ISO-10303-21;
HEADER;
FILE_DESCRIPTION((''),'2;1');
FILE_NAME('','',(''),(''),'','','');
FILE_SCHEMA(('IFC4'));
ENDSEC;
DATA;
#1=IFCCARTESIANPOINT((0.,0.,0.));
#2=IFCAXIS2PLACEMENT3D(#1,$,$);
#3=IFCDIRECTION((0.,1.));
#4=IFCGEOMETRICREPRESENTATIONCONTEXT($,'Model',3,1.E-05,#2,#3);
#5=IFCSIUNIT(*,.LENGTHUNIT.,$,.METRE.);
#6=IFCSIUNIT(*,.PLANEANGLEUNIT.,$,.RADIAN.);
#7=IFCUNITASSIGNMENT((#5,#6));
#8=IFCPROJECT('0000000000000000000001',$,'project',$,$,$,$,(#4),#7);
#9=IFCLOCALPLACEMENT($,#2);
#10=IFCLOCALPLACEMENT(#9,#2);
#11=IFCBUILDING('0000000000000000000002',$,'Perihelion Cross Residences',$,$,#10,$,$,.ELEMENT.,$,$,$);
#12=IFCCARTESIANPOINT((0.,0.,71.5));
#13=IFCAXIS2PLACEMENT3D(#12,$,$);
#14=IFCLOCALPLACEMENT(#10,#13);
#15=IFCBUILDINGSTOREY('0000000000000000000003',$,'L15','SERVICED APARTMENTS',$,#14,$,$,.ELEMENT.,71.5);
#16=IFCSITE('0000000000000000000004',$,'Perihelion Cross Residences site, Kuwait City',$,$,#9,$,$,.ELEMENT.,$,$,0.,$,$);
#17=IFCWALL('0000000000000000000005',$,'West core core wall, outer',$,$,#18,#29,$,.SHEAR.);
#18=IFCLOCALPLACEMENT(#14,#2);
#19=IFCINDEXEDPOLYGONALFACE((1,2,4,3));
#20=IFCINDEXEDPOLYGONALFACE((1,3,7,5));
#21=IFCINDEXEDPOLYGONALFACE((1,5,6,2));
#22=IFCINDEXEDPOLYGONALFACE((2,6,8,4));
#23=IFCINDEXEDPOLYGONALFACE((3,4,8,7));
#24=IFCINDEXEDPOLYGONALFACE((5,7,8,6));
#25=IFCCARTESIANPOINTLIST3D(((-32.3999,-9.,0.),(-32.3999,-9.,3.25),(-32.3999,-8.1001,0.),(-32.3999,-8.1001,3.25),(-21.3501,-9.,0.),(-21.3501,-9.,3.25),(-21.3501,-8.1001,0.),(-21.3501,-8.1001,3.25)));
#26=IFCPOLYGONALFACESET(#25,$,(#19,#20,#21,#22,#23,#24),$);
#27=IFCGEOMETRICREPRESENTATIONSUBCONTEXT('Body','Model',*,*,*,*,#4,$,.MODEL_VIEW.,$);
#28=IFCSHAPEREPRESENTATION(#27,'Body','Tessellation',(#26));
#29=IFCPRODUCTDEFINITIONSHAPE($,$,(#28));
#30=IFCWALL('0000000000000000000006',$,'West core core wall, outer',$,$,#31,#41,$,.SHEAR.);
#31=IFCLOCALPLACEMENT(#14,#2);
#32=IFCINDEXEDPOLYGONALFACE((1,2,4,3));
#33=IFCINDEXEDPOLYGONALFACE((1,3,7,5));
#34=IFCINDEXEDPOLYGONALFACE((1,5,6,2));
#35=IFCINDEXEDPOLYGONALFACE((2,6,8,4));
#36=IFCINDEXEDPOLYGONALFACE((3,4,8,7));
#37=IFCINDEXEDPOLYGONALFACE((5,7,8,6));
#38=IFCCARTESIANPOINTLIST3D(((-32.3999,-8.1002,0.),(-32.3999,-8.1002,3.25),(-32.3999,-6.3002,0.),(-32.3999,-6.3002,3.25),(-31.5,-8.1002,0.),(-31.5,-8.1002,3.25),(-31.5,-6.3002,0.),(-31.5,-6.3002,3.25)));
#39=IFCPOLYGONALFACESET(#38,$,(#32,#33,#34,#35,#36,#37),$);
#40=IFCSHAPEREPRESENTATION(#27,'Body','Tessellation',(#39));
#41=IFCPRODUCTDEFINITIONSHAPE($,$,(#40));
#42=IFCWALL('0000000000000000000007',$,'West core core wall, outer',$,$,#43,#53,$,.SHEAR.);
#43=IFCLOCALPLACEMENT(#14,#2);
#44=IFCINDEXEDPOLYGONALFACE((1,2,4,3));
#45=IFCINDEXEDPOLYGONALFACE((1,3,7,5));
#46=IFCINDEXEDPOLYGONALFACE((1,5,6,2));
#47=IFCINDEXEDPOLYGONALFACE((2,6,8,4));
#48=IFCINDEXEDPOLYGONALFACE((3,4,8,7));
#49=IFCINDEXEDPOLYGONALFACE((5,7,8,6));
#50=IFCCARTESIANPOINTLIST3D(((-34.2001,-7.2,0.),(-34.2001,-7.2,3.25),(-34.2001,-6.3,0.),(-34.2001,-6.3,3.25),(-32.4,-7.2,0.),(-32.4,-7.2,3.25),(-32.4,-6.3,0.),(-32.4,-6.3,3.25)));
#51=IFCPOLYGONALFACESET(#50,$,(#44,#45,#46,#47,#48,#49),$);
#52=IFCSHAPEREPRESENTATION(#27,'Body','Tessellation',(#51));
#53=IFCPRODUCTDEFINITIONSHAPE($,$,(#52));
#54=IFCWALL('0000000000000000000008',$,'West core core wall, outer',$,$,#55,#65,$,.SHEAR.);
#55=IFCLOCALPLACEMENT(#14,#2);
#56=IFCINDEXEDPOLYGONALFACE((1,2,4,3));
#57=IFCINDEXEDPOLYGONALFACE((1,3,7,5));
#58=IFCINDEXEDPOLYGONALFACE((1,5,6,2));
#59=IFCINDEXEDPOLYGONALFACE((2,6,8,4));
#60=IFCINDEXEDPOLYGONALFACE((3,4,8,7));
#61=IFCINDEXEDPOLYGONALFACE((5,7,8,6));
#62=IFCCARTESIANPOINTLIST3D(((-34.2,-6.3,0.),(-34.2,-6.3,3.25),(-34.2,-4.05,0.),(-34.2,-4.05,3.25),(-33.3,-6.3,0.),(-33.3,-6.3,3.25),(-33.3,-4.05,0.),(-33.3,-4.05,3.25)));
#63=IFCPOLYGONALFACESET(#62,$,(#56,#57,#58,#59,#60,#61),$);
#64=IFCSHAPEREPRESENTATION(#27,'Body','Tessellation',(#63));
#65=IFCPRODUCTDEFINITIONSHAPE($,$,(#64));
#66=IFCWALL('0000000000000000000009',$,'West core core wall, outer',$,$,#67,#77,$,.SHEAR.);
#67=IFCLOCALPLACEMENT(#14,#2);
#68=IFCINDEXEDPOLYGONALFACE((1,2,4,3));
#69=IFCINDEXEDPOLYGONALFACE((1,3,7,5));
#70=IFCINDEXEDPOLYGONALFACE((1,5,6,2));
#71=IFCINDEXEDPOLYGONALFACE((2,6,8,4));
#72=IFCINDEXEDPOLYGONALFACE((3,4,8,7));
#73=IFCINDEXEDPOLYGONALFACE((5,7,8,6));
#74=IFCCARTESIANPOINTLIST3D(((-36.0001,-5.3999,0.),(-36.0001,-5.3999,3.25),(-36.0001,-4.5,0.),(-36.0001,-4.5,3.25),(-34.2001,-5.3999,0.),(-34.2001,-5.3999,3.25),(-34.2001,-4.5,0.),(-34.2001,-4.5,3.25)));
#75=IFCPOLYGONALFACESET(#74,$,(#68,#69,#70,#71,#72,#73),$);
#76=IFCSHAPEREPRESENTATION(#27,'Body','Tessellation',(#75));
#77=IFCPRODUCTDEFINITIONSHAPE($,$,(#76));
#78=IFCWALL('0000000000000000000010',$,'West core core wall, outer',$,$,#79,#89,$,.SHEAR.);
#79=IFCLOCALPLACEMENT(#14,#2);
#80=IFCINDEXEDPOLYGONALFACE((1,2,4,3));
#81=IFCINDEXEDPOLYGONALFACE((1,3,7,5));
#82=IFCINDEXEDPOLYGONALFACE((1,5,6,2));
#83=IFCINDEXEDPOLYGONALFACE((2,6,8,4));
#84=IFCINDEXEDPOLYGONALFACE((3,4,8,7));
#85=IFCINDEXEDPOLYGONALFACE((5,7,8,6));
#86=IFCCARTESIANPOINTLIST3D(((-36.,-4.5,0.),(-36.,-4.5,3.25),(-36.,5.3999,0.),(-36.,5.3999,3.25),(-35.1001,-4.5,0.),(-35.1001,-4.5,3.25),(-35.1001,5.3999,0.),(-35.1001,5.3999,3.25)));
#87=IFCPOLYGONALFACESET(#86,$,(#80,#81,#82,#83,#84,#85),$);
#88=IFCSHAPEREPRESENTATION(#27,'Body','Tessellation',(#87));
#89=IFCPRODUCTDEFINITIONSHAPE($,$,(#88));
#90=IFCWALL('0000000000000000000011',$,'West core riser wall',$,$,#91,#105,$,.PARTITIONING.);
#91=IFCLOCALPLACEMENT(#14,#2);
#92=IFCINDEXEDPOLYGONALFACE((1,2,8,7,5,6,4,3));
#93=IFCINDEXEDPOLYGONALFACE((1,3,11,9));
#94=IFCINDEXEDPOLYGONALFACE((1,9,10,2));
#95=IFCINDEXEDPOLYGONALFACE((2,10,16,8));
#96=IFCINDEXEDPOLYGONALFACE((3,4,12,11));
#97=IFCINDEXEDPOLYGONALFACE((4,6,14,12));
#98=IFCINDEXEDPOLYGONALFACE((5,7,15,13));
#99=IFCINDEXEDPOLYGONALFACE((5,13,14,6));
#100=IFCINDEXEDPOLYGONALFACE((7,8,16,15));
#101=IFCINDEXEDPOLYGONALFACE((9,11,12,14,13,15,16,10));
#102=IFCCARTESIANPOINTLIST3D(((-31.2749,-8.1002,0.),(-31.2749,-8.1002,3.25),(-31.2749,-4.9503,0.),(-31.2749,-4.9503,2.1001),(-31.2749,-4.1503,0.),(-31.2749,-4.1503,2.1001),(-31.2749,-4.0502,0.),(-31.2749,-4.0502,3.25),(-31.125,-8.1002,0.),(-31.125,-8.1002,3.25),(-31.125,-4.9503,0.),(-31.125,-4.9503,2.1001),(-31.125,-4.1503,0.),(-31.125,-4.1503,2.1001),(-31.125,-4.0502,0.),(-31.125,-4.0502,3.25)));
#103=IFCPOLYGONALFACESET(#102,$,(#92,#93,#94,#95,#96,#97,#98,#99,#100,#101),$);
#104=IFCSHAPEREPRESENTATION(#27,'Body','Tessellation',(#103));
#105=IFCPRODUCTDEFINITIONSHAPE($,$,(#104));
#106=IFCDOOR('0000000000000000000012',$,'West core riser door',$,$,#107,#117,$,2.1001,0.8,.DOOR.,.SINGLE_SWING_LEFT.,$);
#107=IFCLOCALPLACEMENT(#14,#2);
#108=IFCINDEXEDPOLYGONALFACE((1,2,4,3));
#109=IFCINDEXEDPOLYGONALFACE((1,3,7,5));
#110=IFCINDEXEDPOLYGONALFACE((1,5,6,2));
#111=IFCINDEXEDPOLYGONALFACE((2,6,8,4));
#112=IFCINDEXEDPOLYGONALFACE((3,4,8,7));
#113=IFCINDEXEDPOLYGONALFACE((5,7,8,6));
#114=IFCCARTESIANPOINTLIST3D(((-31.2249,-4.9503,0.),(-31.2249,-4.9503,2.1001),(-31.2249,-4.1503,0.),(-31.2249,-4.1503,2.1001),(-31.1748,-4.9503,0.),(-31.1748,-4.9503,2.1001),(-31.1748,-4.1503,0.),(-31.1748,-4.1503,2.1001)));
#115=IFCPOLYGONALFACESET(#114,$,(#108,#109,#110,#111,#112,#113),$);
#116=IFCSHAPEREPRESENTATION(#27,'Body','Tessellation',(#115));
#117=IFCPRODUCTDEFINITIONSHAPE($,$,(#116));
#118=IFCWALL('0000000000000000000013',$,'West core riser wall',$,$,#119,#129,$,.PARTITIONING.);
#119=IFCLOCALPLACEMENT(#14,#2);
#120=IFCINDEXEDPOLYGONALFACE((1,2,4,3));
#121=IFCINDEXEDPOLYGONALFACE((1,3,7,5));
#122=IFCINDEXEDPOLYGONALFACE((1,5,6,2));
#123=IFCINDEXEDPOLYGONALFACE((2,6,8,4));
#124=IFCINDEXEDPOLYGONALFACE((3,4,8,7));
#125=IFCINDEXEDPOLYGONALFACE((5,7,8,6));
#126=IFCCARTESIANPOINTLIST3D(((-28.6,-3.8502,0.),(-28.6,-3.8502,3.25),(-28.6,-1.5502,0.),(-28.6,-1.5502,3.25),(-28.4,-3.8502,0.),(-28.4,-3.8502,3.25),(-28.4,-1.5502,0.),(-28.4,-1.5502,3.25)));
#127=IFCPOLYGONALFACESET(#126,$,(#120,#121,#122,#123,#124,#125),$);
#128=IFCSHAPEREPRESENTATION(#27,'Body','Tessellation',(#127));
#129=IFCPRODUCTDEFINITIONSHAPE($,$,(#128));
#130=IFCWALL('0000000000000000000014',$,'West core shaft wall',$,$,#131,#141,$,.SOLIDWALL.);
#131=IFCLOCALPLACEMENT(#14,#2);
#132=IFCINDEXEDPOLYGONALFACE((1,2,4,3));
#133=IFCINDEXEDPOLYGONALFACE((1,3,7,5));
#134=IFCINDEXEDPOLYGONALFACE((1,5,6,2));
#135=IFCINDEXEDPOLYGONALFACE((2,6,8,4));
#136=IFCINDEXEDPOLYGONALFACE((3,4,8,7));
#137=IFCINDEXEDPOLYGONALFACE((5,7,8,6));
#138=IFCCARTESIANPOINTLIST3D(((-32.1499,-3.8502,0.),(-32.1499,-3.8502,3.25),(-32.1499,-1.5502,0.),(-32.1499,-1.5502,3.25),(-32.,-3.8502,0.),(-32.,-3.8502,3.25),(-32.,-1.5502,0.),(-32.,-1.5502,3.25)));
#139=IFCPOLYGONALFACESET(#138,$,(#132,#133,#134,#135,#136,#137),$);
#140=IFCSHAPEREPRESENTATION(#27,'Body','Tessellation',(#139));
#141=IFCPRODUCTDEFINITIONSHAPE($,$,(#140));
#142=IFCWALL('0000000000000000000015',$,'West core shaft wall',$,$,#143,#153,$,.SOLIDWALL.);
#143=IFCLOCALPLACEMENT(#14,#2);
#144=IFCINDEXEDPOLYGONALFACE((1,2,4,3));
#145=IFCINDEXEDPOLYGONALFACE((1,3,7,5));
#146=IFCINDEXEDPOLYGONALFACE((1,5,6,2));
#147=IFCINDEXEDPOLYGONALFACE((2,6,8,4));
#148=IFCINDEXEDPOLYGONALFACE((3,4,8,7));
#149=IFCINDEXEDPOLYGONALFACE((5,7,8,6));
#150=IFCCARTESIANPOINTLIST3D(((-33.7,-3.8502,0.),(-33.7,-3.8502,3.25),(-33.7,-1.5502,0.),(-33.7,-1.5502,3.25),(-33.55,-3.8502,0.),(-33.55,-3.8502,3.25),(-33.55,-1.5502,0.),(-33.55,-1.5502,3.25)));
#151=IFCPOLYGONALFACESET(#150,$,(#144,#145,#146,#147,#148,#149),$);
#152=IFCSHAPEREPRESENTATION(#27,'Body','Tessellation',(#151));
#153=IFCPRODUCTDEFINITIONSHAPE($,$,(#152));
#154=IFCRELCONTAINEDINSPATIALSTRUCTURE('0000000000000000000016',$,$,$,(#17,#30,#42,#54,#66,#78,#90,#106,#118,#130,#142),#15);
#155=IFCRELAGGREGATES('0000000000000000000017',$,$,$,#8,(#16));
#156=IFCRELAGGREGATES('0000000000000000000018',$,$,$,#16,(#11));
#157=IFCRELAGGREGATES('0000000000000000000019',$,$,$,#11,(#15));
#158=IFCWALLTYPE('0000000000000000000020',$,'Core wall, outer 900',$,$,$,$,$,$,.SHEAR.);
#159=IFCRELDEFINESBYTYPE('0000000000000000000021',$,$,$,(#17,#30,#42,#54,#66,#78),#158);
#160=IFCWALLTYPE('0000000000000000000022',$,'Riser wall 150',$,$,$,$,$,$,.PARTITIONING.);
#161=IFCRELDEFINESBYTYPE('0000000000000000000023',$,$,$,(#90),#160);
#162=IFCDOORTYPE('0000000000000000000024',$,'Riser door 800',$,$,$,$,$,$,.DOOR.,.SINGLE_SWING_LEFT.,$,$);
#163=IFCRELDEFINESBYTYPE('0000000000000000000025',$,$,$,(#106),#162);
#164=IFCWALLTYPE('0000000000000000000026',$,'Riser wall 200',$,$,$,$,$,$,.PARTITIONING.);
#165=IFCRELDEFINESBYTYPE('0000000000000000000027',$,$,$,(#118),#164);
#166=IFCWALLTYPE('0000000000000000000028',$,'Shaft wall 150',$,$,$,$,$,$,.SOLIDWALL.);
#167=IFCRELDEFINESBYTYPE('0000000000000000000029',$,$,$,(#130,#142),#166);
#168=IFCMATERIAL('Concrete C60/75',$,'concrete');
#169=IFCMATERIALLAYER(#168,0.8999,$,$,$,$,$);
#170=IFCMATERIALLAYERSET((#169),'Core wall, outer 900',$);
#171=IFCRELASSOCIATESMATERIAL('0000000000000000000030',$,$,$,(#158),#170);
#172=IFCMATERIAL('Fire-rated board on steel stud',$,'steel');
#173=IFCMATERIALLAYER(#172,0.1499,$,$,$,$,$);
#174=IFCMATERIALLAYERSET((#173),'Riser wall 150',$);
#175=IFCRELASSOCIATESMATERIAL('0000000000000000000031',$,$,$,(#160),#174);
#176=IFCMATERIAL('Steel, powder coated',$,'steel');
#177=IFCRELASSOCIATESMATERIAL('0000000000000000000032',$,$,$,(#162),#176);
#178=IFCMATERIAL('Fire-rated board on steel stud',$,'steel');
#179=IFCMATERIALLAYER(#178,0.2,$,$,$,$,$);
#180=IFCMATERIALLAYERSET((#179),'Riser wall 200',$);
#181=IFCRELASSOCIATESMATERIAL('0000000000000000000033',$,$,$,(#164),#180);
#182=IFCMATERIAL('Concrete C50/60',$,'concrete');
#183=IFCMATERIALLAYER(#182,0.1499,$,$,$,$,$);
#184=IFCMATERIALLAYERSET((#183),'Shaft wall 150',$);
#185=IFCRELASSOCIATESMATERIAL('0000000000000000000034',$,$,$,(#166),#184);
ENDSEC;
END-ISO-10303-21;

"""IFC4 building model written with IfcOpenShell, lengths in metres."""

from ifc_helpers import new_model, si_unit, direction, frame, frame_2d, origin, place, context, subcontext, project, spatial, rectangle, extrude, material, layer, layer_set, type_object, element, fill, save


model = new_model("IFC4")

# Units and contexts
model_context = context("Model", 3, precision=1e-05, world=origin(), true_north=direction((0.0, 1.0)))
body_context = subcontext(model_context, "Body", "Model", "MODEL_VIEW")
ifc_project = project(units=[si_unit("LENGTHUNIT", "METRE"), si_unit("PLANEANGLEUNIT", "RADIAN")], contexts=[model_context])

# Site, building, storey
site_placement = place(None, origin())
site = spatial("IfcSite", under=ifc_project, at=site_placement, Name="Perihelion Cross Residences site, Kuwait City", CompositionType="ELEMENT", RefElevation=0.0)
building_placement = place(site_placement, origin())
building = spatial("IfcBuilding", under=site, at=building_placement, Name="Perihelion Cross Residences", CompositionType="ELEMENT")
storey_placement = place(building_placement, frame((0.0, 0.0, 71.5)))
storey = spatial("IfcBuildingStorey", under=building, at=storey_placement, Name="L15", Description="SERVICED APARTMENTS", CompositionType="ELEMENT", Elevation=71.5)

# Walls
ifc_material_1 = material(Name="Concrete C60/75", Category="concrete")
ifc_layer_1 = layer(ifc_material_1, 0.8999)
ifc_layer_set_1 = layer_set([ifc_layer_1], Name="Core wall, outer 900")
wall_type_1 = type_object("IfcWallType", Name="Core wall, outer 900", PredefinedType="SHEAR", material=ifc_layer_set_1)
wall_1_placement = place(storey_placement, frame((-32.3999, -8.55, 0.0), z_axis=(0.0, 0.0, 1.0), x_axis=(1.0, 0.0, 0.0)))
element("IfcWall", 1, at=wall_1_placement, inside=storey, type_object=wall_type_1, Name="West core core wall, outer", PredefinedType="SHEAR", context=body_context, shape_type="SweptSolid", body=[
    extrude(rectangle(XDim=11.0498, YDim=0.8999, at=frame_2d((5.5249, 0.0))), origin(), (0.0, 0.0, 1.0), 3.25),
])
for number, where, z_axis, x_axis, name in (
    (2, (-31.95, -8.1001, 0.0), (0.0, 0.0, 1.0), (0.0, 1.0, 0.0), "West core core wall, outer"),
    (3, (-34.2, -6.75, 0.0), (0.0, 0.0, 1.0), (1.0, 0.0, 0.0), "West core core wall, outer"),
):
    element("IfcWall", number, at=place(storey_placement, frame(where, z_axis=z_axis, x_axis=x_axis)), inside=storey, type_object=wall_type_1, Name=name, PredefinedType="SHEAR", context=body_context, shape_type="SweptSolid", body=[
        extrude(rectangle(XDim=1.8, YDim=0.8999, at=frame_2d((0.8999, 0.0))), origin(), (0.0, 0.0, 1.0), 3.25),
    ])
wall_2_placement = place(storey_placement, frame((-33.75, -6.3, 0.0), z_axis=(0.0, 0.0, 1.0), x_axis=(0.0, 1.0, 0.0)))
element("IfcWall", 4, at=wall_2_placement, inside=storey, type_object=wall_type_1, Name="West core core wall, outer", PredefinedType="SHEAR", context=body_context, shape_type="SweptSolid", body=[
    extrude(rectangle(XDim=2.25, YDim=0.8999, at=frame_2d((1.125, 0.0))), origin(), (0.0, 0.0, 1.0), 3.25),
])
wall_3_placement = place(storey_placement, frame((-36.0, -4.95, 0.0), z_axis=(0.0, 0.0, 1.0), x_axis=(1.0, 0.0, 0.0)))
element("IfcWall", 5, at=wall_3_placement, inside=storey, type_object=wall_type_1, Name="West core core wall, outer", PredefinedType="SHEAR", context=body_context, shape_type="SweptSolid", body=[
    extrude(rectangle(XDim=1.8, YDim=0.8999, at=frame_2d((0.8999, 0.0))), origin(), (0.0, 0.0, 1.0), 3.25),
])
wall_4_placement = place(storey_placement, frame((-35.55, -4.5, 0.0), z_axis=(0.0, 0.0, 1.0), x_axis=(0.0, 1.0, 0.0)))
element("IfcWall", 6, at=wall_4_placement, inside=storey, type_object=wall_type_1, Name="West core core wall, outer", PredefinedType="SHEAR", context=body_context, shape_type="SweptSolid", body=[
    extrude(rectangle(XDim=9.8999, YDim=0.8999, at=frame_2d((4.95, 0.0))), origin(), (0.0, 0.0, 1.0), 3.25),
])

# Wall, opening, door
ifc_material_2 = material(Name="Fire-rated board on steel stud", Category="steel")
ifc_layer_2 = layer(ifc_material_2, 0.1499)
ifc_layer_set_2 = layer_set([ifc_layer_2], Name="Riser wall 150")
wall_type_2 = type_object("IfcWallType", Name="Riser wall 150", PredefinedType="PARTITIONING", material=ifc_layer_set_2)
wall_5_placement = place(storey_placement, frame((-31.2, -8.1001, 0.0), z_axis=(0.0, 0.0, 1.0), x_axis=(0.0, 1.0, 0.0)))
wall_5 = element("IfcWall", 7, at=wall_5_placement, inside=storey, type_object=wall_type_2, Name="West core riser wall", PredefinedType="PARTITIONING", context=body_context, shape_type="SweptSolid", body=[
    extrude(rectangle(XDim=4.05, YDim=0.1499, at=frame_2d((2.0249, 0.0))), origin(), (0.0, 0.0, 1.0), 3.25),
])
opening_1_placement = place(wall_5_placement, frame((3.1499, 0.0, 0.0)))
opening_1 = element("IfcOpeningElement", 8, at=opening_1_placement, cuts=wall_5, PredefinedType="OPENING", context=body_context, shape_type="SweptSolid", body=[
    extrude(rectangle(XDim=0.8, YDim=2.1001, at=frame_2d((0.3999, 1.05))), frame((0.0, 0.085, 0.0), z_axis=(0.0, -1.0, 0.0), x_axis=(1.0, 0.0, 0.0)), (0.0, 0.0, 1.0), 0.1699),
])
ifc_material_3 = material(Name="Steel, powder coated", Category="steel")
door_type_1 = type_object("IfcDoorType", Name="Riser door 800", OperationType="SINGLE_SWING_LEFT", PredefinedType="DOOR", material=ifc_material_3)
door_1_placement = place(opening_1_placement, origin())
door_1 = element("IfcDoor", 9, at=door_1_placement, inside=storey, type_object=door_type_1, Name="West core riser door", OperationType="SINGLE_SWING_LEFT", OverallHeight=2.1001, OverallWidth=0.8, PredefinedType="DOOR", context=body_context, shape_type="SweptSolid", body=[
    extrude(rectangle(XDim=0.8, YDim=2.1001, at=frame_2d((0.3999, 1.05))), frame((0.0, 0.0249, 0.0), z_axis=(0.0, -1.0, 0.0), x_axis=(1.0, 0.0, 0.0)), (0.0, 0.0, 1.0), 0.05),
])
fill(opening_1, door_1)

# Walls
ifc_material_4 = material(Name="Fire-rated board on steel stud", Category="steel")
ifc_layer_3 = layer(ifc_material_4, 0.2)
ifc_layer_set_3 = layer_set([ifc_layer_3], Name="Riser wall 200")
wall_type_3 = type_object("IfcWallType", Name="Riser wall 200", PredefinedType="PARTITIONING", material=ifc_layer_set_3)
wall_6_placement = place(storey_placement, frame((-28.5, -3.8501, 0.0), z_axis=(0.0, 0.0, 1.0), x_axis=(0.0, 1.0, 0.0)))
element("IfcWall", 10, at=wall_6_placement, inside=storey, type_object=wall_type_3, Name="West core riser wall", PredefinedType="PARTITIONING", context=body_context, shape_type="SweptSolid", body=[
    extrude(rectangle(XDim=2.3, YDim=0.2, at=frame_2d((1.1499, 0.0))), origin(), (0.0, 0.0, 1.0), 3.25),
])
ifc_material_5 = material(Name="Concrete C50/60", Category="concrete")
ifc_layer_4 = layer(ifc_material_5, 0.1499)
ifc_layer_set_4 = layer_set([ifc_layer_4], Name="Shaft wall 150")
wall_type_4 = type_object("IfcWallType", Name="Shaft wall 150", PredefinedType="SOLIDWALL", material=ifc_layer_set_4)
for number, where, z_axis, x_axis, name in (
    (11, (-32.075, -3.8501, 0.0), (0.0, 0.0, 1.0), (0.0, 1.0, 0.0), "West core shaft wall"),
    (12, (-33.625, -3.8501, 0.0), (0.0, 0.0, 1.0), (0.0, 1.0, 0.0), "West core shaft wall"),
):
    element("IfcWall", number, at=place(storey_placement, frame(where, z_axis=z_axis, x_axis=x_axis)), inside=storey, type_object=wall_type_4, Name=name, PredefinedType="SOLIDWALL", context=body_context, shape_type="SweptSolid", body=[
        extrude(rectangle(XDim=2.3, YDim=0.1499, at=frame_2d((1.1499, 0.0))), origin(), (0.0, 0.0, 1.0), 3.25),
    ])

save(model, "model.ifc")
